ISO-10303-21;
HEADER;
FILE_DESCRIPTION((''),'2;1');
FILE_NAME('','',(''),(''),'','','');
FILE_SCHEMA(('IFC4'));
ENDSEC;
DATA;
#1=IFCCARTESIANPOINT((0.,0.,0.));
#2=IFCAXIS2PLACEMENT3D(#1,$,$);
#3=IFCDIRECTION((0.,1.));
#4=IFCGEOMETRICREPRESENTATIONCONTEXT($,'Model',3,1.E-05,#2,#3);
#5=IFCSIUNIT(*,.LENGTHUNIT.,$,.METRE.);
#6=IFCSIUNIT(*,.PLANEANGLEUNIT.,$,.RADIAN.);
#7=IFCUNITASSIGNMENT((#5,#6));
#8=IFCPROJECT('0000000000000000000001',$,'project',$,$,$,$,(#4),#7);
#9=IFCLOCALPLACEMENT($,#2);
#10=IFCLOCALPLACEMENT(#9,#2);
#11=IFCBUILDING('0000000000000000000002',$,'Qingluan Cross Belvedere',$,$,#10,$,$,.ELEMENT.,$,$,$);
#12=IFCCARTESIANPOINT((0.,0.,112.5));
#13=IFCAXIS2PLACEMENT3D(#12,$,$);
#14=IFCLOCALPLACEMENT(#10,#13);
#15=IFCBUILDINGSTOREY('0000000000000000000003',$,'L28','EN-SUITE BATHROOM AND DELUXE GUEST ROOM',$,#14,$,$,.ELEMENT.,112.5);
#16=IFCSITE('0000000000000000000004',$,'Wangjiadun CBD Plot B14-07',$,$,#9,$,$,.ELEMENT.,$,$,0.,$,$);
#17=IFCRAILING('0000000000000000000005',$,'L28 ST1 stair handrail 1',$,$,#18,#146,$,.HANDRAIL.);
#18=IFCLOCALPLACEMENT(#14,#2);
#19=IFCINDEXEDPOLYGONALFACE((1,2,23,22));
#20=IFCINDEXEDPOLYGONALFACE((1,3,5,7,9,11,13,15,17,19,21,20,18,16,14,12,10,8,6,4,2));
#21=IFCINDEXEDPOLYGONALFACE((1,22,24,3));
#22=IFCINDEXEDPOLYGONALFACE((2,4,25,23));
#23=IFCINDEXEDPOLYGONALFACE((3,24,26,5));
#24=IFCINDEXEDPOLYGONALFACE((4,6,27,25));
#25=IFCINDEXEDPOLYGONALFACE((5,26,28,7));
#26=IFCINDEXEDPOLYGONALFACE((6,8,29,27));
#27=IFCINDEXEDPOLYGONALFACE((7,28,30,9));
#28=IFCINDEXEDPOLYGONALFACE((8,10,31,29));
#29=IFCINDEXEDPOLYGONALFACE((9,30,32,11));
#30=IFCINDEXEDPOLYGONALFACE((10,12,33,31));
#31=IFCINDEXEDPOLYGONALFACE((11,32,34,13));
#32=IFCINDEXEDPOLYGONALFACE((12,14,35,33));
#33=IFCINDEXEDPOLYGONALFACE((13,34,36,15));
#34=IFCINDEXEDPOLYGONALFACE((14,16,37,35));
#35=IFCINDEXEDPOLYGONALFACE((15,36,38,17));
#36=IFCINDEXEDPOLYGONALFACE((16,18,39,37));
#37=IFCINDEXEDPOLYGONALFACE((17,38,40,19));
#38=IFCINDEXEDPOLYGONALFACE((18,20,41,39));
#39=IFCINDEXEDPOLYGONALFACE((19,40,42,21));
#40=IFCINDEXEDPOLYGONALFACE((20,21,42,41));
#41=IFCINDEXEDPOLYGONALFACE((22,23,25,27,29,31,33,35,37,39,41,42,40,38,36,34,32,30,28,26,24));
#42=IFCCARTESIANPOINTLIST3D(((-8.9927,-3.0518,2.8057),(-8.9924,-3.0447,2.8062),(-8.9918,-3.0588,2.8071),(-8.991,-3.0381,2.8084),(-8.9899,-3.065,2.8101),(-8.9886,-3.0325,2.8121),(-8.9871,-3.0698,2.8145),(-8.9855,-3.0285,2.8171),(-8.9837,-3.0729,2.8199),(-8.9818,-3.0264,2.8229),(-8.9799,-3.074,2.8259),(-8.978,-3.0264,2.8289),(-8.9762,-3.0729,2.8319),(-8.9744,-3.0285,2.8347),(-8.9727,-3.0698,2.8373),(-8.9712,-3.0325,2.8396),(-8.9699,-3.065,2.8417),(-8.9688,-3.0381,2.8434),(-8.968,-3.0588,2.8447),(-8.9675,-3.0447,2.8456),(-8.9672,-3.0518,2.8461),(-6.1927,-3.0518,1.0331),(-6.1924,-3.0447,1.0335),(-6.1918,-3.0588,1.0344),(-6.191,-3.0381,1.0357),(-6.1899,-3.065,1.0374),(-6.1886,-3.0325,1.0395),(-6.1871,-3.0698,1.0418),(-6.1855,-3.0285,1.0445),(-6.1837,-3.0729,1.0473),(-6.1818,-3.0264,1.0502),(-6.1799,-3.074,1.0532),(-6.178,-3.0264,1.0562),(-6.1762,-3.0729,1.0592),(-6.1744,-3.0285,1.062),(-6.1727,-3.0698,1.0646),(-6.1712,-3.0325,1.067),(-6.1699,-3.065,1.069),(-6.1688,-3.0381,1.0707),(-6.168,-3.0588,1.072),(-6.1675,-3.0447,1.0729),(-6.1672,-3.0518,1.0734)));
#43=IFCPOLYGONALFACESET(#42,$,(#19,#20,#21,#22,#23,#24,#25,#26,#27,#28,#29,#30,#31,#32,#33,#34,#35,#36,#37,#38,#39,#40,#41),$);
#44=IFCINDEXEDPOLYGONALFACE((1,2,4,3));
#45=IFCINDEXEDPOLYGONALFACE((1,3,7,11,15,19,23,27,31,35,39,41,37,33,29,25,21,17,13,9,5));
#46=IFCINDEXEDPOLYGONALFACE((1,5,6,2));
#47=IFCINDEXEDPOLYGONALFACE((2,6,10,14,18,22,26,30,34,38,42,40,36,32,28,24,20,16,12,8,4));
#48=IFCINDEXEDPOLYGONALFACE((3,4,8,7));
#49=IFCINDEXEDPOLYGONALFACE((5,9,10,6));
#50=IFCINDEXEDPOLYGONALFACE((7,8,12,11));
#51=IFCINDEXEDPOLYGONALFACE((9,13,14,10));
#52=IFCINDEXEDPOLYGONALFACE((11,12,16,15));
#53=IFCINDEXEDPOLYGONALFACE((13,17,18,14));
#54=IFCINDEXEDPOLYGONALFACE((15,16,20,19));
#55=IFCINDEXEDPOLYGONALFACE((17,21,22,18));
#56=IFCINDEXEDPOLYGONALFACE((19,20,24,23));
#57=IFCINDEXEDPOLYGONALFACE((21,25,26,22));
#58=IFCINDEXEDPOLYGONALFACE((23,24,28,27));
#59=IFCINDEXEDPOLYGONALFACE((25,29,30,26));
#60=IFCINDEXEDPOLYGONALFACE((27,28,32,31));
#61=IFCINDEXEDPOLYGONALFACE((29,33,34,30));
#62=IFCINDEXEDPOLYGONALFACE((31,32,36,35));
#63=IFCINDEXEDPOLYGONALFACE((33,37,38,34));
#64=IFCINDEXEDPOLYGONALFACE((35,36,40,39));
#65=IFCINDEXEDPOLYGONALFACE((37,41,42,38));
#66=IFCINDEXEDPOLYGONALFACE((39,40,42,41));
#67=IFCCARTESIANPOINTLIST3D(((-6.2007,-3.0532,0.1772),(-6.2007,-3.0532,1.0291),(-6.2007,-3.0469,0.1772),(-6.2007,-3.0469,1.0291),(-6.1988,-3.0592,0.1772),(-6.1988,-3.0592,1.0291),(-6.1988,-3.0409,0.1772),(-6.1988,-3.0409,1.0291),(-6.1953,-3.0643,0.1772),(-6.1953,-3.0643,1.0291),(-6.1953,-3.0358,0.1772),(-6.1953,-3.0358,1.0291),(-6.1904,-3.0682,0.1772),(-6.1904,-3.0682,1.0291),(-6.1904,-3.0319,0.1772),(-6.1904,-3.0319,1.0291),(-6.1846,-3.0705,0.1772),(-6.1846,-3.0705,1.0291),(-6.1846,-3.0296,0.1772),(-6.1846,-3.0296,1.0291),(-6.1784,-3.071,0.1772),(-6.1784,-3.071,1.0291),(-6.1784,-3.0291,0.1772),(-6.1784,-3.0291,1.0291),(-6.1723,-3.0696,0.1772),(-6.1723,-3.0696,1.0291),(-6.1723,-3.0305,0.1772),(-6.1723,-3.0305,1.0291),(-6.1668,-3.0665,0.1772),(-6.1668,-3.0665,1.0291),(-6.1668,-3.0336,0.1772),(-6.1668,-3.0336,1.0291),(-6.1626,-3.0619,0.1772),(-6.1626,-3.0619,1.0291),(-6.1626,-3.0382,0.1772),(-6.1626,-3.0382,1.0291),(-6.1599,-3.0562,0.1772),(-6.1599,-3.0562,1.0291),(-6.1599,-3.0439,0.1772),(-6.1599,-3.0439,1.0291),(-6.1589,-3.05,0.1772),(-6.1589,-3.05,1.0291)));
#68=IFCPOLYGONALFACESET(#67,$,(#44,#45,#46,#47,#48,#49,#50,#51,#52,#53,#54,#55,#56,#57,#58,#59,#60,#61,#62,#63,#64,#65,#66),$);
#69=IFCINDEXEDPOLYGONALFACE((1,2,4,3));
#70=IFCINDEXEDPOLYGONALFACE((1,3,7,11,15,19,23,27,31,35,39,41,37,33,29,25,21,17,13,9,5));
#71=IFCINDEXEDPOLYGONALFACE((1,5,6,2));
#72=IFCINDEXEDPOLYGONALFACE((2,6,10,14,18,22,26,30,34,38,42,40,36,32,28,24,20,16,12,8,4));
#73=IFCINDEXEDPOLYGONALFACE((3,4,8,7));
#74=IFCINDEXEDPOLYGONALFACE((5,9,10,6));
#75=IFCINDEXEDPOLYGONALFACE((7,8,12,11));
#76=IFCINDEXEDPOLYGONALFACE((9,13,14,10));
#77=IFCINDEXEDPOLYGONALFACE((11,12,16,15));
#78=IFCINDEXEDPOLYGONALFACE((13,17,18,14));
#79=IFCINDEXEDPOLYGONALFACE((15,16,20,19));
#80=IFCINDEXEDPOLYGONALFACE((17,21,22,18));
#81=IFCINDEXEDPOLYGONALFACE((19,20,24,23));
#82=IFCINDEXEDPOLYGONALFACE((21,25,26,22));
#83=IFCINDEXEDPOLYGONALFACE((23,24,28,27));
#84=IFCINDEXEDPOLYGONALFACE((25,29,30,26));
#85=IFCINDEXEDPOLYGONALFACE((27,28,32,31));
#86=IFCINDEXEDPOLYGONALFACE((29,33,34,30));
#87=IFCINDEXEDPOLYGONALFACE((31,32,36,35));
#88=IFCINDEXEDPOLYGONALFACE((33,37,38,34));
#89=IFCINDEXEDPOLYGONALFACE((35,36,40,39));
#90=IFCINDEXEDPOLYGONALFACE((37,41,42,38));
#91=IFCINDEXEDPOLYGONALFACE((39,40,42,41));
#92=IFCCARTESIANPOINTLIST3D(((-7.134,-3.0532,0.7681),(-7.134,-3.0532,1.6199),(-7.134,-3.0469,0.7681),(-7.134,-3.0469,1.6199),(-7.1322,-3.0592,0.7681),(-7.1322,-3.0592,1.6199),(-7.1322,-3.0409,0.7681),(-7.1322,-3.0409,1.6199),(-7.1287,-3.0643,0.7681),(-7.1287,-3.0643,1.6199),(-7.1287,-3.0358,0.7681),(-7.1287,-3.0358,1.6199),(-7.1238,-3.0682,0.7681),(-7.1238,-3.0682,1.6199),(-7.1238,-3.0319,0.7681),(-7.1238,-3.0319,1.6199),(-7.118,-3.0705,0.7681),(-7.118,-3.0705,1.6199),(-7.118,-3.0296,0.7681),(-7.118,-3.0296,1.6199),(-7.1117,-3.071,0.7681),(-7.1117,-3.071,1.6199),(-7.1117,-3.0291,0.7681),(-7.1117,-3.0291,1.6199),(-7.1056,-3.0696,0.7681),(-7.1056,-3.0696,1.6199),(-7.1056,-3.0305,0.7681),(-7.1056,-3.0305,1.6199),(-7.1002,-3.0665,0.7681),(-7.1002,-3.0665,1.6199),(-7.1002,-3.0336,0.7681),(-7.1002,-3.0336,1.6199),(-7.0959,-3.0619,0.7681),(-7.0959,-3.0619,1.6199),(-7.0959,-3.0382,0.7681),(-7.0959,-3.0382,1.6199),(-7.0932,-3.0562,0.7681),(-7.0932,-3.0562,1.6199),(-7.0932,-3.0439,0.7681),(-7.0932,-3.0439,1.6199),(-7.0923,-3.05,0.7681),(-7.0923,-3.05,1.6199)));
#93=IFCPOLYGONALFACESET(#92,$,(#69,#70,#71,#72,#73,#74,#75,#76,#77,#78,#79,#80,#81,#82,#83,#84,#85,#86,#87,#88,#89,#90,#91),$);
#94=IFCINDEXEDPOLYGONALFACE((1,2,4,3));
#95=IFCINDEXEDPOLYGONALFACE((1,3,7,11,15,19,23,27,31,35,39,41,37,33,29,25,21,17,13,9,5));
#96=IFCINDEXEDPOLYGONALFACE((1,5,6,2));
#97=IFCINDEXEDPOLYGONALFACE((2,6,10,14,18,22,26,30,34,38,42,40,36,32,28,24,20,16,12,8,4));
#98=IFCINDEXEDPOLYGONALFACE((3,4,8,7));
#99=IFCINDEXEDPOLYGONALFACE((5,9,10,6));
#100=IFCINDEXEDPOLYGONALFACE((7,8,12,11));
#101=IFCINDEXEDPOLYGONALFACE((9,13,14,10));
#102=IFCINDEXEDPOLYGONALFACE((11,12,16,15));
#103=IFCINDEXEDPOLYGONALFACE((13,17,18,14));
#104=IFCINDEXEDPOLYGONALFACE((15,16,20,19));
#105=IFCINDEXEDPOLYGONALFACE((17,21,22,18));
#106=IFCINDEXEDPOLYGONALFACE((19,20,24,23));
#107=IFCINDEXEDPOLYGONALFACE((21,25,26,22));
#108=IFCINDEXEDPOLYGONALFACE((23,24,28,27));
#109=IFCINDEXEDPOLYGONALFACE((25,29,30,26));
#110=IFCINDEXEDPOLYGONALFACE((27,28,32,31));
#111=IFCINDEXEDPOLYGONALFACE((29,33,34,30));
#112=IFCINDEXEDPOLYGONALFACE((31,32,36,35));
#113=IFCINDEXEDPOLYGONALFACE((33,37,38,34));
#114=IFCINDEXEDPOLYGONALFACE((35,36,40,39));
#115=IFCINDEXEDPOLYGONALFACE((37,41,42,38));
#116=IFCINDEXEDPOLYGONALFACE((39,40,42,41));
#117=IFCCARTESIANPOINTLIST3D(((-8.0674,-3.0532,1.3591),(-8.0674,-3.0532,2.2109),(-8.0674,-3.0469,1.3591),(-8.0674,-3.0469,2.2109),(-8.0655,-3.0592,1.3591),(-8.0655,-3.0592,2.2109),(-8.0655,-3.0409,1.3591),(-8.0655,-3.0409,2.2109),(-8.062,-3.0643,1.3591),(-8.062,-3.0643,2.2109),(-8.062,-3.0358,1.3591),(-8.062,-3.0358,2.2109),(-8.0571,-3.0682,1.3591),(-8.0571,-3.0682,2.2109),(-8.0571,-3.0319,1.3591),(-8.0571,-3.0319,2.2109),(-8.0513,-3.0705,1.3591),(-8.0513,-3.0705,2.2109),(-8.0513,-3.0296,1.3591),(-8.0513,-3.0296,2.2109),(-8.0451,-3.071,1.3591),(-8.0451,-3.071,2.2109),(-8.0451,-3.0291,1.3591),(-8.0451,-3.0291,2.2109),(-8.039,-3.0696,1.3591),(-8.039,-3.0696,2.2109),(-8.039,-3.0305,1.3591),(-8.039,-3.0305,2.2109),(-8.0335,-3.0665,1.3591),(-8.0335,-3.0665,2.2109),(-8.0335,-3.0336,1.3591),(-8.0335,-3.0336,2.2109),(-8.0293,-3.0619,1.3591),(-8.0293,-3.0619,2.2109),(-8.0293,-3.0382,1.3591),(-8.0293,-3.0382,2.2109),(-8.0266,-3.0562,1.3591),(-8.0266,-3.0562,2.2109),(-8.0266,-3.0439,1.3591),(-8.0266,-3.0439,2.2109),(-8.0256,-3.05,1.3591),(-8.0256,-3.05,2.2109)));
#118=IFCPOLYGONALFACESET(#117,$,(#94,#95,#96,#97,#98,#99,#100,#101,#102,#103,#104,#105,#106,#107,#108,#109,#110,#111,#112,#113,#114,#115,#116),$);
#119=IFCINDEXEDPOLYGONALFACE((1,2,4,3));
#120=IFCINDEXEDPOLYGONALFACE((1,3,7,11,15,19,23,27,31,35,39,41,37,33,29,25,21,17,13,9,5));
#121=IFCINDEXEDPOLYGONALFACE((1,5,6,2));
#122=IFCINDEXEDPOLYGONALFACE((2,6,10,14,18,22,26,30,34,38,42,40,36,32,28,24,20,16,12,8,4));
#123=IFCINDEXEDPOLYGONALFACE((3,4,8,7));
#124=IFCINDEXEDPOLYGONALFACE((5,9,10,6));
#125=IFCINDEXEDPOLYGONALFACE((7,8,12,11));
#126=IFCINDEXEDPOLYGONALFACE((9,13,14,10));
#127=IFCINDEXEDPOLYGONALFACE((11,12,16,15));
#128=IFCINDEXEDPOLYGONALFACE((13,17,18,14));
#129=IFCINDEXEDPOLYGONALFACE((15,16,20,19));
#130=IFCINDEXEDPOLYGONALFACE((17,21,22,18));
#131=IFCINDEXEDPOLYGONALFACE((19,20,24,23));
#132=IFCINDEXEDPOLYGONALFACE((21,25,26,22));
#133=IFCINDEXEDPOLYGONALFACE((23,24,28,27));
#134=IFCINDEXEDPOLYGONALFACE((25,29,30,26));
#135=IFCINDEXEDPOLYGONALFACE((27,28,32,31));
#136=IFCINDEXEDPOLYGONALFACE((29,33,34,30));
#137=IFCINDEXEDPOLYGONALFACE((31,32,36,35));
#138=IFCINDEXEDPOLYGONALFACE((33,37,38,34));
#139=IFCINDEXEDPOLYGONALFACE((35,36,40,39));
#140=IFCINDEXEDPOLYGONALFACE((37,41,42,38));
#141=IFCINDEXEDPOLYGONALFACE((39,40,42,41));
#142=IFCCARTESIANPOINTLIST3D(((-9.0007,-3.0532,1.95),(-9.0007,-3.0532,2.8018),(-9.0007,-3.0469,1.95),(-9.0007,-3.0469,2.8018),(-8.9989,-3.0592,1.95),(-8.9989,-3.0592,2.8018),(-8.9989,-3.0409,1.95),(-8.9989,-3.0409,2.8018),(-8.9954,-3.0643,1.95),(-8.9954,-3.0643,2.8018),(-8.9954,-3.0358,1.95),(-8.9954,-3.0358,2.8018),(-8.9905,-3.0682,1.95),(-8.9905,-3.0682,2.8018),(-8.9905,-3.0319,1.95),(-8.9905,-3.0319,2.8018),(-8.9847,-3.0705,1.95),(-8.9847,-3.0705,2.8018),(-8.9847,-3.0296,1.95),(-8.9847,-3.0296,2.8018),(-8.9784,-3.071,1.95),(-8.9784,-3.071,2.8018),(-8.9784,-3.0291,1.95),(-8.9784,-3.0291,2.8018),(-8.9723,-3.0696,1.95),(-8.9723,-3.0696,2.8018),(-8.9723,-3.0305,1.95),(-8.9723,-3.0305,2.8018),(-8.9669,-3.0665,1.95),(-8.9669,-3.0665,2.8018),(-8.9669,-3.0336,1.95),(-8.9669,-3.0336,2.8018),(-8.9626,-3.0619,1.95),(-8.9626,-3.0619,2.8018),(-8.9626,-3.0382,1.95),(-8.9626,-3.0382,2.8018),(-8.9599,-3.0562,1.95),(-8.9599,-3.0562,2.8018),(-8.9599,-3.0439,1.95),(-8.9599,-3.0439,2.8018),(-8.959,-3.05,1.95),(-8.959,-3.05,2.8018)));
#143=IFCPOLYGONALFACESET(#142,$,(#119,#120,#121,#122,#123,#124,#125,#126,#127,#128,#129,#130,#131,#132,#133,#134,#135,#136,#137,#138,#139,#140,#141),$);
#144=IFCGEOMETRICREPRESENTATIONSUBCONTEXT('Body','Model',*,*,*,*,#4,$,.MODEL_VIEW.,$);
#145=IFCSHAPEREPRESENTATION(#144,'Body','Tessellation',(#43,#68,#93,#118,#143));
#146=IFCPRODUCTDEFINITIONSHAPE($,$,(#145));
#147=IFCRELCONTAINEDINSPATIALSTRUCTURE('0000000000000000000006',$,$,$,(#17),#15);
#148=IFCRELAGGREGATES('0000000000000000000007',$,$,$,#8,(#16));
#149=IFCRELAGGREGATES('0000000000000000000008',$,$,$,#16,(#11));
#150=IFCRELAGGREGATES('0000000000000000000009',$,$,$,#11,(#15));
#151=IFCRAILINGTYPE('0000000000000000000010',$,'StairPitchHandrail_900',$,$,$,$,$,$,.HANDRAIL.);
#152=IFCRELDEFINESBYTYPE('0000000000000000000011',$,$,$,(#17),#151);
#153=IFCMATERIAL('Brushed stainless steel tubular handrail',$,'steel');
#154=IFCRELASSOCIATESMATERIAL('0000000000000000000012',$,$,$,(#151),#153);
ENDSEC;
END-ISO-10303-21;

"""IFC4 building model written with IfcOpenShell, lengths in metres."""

from ifc_helpers import new_model, si_unit, direction, frame, origin, origin_2d, place, context, subcontext, project, spatial, circle, extrude, material, type_object, element, save


model = new_model("IFC4")

# Units and contexts
model_context = context("Model", 3, precision=1e-05, world=origin(), true_north=direction((0.0, 1.0)))
body_context = subcontext(model_context, "Body", "Model", "MODEL_VIEW")
ifc_project = project(units=[si_unit("LENGTHUNIT", "METRE"), si_unit("PLANEANGLEUNIT", "RADIAN")], contexts=[model_context])

# Site, building, storey
site_placement = place(None, origin())
site = spatial("IfcSite", under=ifc_project, at=site_placement, Name="Wangjiadun CBD Plot B14-07", CompositionType="ELEMENT", RefElevation=0.0)
building_placement = place(site_placement, origin())
building = spatial("IfcBuilding", under=site, at=building_placement, Name="Qingluan Cross Belvedere", CompositionType="ELEMENT")
storey_placement = place(building_placement, frame((0.0, 0.0, 112.5)))
storey = spatial("IfcBuildingStorey", under=building, at=storey_placement, Name="L28", Description="EN-SUITE BATHROOM AND DELUXE GUEST ROOM", CompositionType="ELEMENT", Elevation=112.5)

# Railing
ifc_material_1 = material(Name="Brushed stainless steel tubular handrail", Category="steel")
railing_type_1 = type_object("IfcRailingType", Name="StairPitchHandrail_900", PredefinedType="HANDRAIL", material=ifc_material_1)
railing_1_placement = place(storey_placement, frame((-6.1799, -3.05, 0.1772)))
element("IfcRailing", 1, at=railing_1_placement, inside=storey, type_object=railing_type_1, Name="L28 ST1 stair handrail 1", PredefinedType="HANDRAIL", context=body_context, shape_type="SweptSolid", body=[
    extrude(circle(Radius=0.0239, at=origin_2d()), frame((0.0, 0.0, 0.876), z_axis=(-0.844909, 0.0, 0.53491), x_axis=(0.0, -1.0, 0.0)), (0.0, 0.0, 1.0), 3.314),
    extrude(circle(Radius=0.021, at=origin_2d()), origin(), (0.0, 0.0, 1.0), 0.8518),
    extrude(circle(Radius=0.021, at=origin_2d()), frame((-0.9333, 0.0, 0.5908)), (0.0, 0.0, 1.0), 0.8518),
    extrude(circle(Radius=0.021, at=origin_2d()), frame((-1.8667, 0.0, 1.1819)), (0.0, 0.0, 1.0), 0.8518),
    extrude(circle(Radius=0.021, at=origin_2d()), frame((-2.8, 0.0, 1.7727)), (0.0, 0.0, 1.0), 0.8518),
])

save(model, "model.ifc")
